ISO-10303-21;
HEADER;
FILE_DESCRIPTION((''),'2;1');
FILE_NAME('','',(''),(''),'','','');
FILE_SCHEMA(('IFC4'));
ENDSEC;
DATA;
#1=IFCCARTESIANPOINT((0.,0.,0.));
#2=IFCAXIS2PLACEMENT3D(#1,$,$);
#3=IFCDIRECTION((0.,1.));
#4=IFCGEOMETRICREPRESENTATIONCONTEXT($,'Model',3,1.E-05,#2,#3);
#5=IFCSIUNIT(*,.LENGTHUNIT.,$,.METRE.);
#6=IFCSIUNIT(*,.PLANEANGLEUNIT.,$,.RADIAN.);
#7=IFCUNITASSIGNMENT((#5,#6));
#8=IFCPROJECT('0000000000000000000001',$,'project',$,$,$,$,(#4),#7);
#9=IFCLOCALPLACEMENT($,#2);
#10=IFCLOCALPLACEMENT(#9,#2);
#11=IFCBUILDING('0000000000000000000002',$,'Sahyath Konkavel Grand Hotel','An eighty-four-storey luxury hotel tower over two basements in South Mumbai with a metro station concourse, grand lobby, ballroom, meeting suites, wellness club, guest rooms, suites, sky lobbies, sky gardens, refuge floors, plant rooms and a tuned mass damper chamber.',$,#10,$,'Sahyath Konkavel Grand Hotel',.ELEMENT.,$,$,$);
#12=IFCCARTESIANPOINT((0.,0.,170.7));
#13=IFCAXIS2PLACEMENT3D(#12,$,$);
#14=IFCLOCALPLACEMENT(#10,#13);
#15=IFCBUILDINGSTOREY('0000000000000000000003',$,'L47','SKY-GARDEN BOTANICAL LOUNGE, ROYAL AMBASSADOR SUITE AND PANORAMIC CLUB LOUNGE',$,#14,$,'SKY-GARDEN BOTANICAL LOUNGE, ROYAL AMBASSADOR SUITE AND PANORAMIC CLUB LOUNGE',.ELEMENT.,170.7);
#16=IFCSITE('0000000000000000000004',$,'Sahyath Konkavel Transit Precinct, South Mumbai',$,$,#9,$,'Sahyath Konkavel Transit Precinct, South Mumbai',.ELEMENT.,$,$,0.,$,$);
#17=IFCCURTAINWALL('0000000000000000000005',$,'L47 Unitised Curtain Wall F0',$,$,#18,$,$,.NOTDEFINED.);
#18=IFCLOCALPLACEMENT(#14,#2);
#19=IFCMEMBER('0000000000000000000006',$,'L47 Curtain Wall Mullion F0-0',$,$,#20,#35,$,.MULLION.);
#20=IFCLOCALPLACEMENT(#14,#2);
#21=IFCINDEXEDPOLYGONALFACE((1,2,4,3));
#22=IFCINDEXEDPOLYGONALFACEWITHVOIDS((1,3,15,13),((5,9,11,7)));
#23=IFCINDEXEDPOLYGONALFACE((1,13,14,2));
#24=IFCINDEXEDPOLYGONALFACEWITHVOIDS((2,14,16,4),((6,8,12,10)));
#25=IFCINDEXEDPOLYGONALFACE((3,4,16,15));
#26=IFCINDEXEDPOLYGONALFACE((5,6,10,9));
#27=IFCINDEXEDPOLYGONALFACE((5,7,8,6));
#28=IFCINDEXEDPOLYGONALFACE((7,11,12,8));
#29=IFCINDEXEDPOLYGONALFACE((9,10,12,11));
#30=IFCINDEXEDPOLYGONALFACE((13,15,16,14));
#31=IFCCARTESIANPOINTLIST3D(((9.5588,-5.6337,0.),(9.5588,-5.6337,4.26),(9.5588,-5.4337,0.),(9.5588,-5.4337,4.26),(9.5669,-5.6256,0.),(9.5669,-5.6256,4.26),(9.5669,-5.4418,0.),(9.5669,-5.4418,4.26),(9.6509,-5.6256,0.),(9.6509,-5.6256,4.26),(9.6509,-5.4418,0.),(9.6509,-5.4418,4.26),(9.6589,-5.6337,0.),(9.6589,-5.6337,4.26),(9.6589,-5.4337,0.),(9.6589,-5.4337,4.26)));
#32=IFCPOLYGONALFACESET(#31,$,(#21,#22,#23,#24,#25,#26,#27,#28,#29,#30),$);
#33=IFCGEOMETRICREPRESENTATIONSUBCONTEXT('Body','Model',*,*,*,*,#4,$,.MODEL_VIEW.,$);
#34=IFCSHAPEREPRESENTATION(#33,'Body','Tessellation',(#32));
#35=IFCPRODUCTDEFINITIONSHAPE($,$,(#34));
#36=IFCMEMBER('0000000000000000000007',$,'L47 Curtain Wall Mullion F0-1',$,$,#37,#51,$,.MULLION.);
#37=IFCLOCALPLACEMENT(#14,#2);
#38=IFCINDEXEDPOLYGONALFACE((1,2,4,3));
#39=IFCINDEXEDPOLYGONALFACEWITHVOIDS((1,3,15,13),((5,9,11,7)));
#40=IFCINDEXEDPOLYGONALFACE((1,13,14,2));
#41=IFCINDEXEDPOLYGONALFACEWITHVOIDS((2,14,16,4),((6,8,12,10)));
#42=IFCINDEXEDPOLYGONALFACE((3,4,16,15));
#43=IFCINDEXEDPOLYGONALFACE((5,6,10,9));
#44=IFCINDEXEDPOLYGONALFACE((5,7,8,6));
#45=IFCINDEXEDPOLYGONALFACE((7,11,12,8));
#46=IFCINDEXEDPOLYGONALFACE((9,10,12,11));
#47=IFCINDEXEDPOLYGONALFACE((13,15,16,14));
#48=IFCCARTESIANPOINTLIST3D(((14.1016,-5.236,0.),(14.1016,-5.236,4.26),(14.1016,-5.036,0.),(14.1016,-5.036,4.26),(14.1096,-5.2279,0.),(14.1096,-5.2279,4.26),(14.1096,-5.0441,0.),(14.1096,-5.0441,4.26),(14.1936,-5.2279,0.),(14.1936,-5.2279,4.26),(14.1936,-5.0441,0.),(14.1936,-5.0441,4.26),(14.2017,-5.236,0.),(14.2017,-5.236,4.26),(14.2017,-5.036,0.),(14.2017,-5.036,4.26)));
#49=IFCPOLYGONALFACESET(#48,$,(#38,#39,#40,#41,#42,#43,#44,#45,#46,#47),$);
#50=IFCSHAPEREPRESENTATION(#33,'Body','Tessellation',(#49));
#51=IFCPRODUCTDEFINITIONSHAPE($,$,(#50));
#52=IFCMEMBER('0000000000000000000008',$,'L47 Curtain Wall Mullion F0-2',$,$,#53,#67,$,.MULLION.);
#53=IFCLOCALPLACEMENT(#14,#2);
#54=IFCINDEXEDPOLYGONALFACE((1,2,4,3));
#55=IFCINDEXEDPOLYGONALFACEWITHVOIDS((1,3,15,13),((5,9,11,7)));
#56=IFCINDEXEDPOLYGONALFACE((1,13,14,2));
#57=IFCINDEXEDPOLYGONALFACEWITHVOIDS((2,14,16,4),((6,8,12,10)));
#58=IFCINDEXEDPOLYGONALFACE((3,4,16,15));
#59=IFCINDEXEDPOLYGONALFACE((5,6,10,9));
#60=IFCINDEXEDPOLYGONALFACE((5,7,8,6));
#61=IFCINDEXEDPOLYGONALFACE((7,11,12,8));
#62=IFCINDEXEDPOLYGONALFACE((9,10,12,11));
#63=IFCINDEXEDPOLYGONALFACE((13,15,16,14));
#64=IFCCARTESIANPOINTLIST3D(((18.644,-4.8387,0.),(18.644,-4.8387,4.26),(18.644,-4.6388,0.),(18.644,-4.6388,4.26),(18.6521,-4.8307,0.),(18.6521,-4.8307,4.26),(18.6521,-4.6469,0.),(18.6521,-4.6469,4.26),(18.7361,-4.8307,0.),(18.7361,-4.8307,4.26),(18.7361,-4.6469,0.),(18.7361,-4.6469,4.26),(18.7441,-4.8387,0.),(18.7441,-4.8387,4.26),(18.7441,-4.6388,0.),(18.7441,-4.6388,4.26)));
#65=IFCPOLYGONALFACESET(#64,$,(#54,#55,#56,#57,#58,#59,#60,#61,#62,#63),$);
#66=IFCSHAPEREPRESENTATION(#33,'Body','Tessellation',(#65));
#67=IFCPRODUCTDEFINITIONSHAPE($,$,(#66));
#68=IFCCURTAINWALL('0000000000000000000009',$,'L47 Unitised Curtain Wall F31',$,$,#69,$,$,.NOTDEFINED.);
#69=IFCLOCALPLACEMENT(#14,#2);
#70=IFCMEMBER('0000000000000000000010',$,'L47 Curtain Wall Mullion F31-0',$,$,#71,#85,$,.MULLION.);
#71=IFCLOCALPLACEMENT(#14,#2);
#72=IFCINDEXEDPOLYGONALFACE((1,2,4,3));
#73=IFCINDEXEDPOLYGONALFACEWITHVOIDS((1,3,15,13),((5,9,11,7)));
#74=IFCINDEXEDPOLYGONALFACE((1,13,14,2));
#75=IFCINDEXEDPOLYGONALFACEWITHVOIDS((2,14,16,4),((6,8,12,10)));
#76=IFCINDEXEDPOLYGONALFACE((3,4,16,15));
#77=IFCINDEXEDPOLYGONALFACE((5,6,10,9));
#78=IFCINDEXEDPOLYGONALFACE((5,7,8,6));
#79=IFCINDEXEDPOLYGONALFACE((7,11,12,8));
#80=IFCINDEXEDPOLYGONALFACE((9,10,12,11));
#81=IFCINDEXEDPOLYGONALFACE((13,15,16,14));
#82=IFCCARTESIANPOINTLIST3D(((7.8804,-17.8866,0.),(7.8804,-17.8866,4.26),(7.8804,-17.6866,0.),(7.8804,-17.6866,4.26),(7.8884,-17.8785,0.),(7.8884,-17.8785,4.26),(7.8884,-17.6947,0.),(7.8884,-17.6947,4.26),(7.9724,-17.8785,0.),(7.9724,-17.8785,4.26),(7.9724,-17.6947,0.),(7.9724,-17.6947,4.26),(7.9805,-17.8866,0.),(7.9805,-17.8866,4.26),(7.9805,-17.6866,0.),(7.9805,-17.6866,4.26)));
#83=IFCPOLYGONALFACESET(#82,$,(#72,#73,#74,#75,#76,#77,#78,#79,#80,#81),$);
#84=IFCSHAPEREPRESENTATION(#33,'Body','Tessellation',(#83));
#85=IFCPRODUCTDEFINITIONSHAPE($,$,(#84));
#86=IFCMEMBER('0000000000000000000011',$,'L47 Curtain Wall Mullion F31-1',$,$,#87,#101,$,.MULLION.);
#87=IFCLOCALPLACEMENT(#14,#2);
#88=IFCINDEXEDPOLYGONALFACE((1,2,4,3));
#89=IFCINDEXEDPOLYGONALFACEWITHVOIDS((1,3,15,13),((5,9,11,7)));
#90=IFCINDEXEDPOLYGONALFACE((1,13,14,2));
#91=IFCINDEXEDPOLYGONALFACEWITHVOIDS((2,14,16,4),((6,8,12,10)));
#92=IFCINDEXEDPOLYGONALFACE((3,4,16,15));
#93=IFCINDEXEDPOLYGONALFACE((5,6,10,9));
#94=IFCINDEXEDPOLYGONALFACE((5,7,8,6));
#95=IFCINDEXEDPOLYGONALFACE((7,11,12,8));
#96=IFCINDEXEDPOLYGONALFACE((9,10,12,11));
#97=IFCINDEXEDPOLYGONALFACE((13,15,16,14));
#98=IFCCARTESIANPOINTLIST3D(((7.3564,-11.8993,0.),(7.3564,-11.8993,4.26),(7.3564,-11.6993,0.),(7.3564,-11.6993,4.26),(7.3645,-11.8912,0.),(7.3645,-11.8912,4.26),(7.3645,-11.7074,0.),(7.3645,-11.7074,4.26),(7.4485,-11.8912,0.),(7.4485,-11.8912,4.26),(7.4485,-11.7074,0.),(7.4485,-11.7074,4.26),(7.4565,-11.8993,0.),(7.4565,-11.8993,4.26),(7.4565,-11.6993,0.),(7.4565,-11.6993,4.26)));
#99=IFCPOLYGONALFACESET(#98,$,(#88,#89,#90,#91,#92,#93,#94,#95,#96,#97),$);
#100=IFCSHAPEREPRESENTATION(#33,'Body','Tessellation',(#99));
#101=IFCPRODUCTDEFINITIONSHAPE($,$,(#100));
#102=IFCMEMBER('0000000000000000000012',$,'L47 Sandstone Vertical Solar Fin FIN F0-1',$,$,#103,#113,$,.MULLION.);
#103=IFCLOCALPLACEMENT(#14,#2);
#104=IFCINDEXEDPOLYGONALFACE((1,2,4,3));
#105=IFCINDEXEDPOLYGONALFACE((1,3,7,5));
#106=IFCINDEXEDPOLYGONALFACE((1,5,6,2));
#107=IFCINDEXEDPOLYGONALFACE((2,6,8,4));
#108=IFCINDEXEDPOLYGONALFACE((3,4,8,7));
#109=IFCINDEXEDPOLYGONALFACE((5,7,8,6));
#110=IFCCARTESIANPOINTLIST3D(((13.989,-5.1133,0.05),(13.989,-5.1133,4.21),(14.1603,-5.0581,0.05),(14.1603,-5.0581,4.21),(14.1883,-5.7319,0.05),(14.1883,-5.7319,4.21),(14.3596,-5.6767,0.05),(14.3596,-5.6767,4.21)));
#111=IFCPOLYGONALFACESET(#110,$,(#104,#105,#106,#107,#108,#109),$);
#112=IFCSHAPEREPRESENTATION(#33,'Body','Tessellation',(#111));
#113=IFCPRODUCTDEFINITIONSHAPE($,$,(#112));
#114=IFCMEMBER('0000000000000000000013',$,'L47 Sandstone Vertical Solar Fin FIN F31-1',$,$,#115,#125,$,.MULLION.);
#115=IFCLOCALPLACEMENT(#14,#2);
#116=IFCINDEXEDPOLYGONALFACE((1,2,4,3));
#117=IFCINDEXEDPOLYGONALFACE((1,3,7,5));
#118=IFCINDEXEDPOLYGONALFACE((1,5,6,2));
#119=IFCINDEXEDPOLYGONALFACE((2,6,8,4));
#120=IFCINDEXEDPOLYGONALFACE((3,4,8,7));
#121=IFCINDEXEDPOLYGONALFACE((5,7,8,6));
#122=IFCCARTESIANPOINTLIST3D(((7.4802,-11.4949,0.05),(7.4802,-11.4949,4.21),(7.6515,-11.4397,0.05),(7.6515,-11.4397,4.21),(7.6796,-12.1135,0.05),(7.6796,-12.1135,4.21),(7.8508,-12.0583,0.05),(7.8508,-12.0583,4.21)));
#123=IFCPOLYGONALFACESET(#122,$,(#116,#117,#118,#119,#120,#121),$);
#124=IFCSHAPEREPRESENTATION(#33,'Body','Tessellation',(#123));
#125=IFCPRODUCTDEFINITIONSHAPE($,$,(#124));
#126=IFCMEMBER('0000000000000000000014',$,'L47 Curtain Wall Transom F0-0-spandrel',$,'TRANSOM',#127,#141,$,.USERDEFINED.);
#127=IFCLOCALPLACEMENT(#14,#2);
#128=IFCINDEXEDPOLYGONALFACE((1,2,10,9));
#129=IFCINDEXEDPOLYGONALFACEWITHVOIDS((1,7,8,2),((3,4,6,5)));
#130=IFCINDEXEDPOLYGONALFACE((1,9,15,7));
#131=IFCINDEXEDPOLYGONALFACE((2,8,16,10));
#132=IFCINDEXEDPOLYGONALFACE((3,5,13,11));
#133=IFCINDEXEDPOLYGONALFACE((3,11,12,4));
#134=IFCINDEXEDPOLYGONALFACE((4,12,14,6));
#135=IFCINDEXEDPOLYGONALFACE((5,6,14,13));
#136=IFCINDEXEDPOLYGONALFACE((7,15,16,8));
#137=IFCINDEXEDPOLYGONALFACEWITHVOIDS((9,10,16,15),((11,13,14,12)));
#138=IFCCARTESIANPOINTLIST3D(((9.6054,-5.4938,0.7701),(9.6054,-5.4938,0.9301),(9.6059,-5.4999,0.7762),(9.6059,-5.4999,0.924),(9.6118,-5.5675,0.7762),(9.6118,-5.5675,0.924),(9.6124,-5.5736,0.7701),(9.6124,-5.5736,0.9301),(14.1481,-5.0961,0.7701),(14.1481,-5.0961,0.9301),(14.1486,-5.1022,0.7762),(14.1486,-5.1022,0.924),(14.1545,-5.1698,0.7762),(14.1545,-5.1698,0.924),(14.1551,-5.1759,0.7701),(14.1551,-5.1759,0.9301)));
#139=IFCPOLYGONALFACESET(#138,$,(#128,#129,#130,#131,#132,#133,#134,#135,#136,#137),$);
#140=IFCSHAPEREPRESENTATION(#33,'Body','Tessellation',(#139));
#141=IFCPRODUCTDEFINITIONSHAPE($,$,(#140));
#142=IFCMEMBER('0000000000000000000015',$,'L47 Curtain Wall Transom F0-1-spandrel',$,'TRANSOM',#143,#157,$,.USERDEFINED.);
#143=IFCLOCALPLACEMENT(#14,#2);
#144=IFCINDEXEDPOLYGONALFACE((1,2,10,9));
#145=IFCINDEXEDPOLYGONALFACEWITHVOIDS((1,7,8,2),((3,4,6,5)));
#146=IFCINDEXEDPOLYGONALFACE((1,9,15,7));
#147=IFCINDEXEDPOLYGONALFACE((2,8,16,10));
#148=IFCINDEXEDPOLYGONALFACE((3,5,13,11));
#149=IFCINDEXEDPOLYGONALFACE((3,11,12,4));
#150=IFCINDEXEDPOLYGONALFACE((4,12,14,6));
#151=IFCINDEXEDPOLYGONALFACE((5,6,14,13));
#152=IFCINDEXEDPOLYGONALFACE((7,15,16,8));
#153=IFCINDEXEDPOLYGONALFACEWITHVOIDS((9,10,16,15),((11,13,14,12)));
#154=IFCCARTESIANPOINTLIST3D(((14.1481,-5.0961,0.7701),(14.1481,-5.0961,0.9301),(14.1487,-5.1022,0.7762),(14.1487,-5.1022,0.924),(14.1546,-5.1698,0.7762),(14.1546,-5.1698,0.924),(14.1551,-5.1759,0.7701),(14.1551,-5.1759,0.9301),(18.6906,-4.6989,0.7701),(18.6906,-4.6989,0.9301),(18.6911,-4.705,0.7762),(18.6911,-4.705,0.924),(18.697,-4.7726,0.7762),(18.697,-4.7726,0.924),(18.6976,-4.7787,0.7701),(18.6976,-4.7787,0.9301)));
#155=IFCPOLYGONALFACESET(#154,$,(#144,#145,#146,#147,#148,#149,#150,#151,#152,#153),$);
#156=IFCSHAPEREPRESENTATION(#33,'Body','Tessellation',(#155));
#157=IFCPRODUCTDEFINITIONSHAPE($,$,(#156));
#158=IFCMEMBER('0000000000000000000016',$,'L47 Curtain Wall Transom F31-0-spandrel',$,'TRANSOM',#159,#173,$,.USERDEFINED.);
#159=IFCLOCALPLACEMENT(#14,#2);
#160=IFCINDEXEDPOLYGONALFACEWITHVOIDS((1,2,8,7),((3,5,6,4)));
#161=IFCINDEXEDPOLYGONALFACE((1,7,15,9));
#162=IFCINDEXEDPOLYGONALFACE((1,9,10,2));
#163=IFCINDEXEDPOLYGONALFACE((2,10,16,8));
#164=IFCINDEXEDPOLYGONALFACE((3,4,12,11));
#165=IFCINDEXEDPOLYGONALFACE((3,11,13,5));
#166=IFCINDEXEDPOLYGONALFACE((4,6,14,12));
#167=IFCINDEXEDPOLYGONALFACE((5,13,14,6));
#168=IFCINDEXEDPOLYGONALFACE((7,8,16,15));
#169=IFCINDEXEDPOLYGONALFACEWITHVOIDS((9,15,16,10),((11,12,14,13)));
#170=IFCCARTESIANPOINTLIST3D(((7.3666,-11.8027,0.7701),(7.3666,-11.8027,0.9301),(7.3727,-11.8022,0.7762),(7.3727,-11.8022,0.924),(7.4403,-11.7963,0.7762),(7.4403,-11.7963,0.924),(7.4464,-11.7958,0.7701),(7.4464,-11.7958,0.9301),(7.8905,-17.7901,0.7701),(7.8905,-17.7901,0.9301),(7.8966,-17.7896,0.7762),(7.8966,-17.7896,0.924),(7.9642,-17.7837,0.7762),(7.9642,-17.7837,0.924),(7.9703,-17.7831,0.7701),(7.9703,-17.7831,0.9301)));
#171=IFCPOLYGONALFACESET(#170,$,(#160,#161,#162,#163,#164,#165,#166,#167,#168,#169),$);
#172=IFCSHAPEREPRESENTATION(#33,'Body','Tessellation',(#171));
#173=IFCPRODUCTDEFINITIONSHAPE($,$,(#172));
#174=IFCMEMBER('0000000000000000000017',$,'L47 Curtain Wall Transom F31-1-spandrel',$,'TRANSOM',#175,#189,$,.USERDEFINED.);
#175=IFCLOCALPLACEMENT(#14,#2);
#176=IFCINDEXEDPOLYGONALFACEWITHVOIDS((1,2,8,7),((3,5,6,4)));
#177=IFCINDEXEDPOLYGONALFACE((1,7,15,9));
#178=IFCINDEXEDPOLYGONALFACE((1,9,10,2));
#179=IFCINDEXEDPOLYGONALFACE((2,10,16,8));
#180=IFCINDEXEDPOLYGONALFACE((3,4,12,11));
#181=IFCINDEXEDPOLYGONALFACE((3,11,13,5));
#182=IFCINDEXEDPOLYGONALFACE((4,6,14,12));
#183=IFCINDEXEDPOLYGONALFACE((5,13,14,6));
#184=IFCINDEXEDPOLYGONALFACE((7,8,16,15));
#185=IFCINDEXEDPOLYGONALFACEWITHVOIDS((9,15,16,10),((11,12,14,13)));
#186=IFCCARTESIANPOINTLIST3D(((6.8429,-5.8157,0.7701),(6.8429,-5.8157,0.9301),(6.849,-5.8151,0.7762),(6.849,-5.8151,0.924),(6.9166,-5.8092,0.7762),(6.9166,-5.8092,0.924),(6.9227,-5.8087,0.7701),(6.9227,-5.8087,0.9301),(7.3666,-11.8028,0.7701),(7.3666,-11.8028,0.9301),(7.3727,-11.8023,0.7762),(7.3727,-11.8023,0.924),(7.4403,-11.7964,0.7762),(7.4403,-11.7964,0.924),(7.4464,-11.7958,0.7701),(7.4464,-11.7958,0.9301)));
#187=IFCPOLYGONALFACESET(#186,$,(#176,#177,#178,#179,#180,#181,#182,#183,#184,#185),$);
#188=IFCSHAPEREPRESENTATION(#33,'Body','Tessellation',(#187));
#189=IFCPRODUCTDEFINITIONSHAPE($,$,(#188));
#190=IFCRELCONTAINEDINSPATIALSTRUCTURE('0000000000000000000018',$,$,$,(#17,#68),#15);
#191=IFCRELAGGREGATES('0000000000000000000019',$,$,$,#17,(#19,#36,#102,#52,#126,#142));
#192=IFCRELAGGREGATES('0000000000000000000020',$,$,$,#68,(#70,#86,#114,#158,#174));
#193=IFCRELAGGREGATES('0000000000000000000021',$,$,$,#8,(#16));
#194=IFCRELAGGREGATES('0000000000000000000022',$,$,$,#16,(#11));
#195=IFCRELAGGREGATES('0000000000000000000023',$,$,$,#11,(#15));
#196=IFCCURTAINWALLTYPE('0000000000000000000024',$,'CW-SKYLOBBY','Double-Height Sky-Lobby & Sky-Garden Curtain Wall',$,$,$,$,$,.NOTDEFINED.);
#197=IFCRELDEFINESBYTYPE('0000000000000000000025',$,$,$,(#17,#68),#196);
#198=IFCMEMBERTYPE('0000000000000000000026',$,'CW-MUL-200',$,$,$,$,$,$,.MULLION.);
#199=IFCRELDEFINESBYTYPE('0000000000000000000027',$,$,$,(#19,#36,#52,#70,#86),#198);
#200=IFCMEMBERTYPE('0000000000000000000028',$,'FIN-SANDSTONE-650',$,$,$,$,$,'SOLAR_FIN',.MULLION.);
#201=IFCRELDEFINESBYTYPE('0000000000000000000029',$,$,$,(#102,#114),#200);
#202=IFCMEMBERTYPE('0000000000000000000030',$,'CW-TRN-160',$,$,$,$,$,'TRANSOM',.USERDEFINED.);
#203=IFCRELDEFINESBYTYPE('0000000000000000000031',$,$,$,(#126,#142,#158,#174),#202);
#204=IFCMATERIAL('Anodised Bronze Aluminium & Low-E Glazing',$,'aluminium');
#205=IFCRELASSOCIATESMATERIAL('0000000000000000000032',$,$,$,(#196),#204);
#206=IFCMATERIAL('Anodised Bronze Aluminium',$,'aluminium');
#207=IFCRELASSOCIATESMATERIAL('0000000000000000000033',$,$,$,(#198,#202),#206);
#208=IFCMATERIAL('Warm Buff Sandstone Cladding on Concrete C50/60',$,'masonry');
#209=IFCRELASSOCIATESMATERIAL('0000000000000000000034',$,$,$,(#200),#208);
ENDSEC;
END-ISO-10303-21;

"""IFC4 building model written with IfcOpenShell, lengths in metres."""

from ifc_helpers import new_model, si_unit, direction, frame, origin, origin_2d, place, context, subcontext, project, spatial, rectangle, hollow_rectangle, extrude, source, transform, mapped, material, material_profile, profile_set, type_object, element, aggregate, save


model = new_model("IFC4")

# Units and contexts
model_context = context("Model", 3, precision=1e-05, world=origin(), true_north=direction((0.0, 1.0)))
body_context = subcontext(model_context, "Body", "Model", "MODEL_VIEW")
ifc_project = project(units=[si_unit("LENGTHUNIT", "METRE"), si_unit("PLANEANGLEUNIT", "RADIAN")], contexts=[model_context])

# Site, building, storey
site_placement = place(None, origin())
site = spatial("IfcSite", under=ifc_project, at=site_placement, Name="Sahyath Konkavel Transit Precinct, South Mumbai", LongName="Sahyath Konkavel Transit Precinct, South Mumbai", CompositionType="ELEMENT", RefElevation=0.0)
building_placement = place(site_placement, origin())
building = spatial("IfcBuilding", under=site, at=building_placement, Name="Sahyath Konkavel Grand Hotel", Description="An eighty-four-storey luxury hotel tower over two basements in South Mumbai with a metro station concourse, grand lobby, ballroom, meeting suites, wellness club, guest rooms, suites, sky lobbies, sky gardens, refuge floors, plant rooms and a tuned mass damper chamber.", LongName="Sahyath Konkavel Grand Hotel", CompositionType="ELEMENT")
storey_placement = place(building_placement, frame((0.0, 0.0, 170.7)))
storey = spatial("IfcBuildingStorey", under=building, at=storey_placement, Name="L47", Description="SKY-GARDEN BOTANICAL LOUNGE, ROYAL AMBASSADOR SUITE AND PANORAMIC CLUB LOUNGE", LongName="SKY-GARDEN BOTANICAL LOUNGE, ROYAL AMBASSADOR SUITE AND PANORAMIC CLUB LOUNGE", CompositionType="ELEMENT", Elevation=170.7)

# Curtain walls, members
ifc_material_1 = material(Name="Anodised Bronze Aluminium & Low-E Glazing", Category="aluminium")
curtain_wall_type = type_object("IfcCurtainWallType", Name="CW-SKYLOBBY", Description="Double-Height Sky-Lobby & Sky-Garden Curtain Wall", PredefinedType="NOTDEFINED", material=ifc_material_1)
curtain_wall_1_placement = place(storey_placement, origin())
curtain_wall_1 = element("IfcCurtainWall", 1, at=curtain_wall_1_placement, inside=storey, type_object=curtain_wall_type, Name="L47 Unitised Curtain Wall F0", PredefinedType="NOTDEFINED")
ifc_material_2 = material(Name="Anodised Bronze Aluminium", Category="aluminium")
ifc_material_profile_1 = material_profile(ifc_material_2, hollow_rectangle(XDim=0.1001, YDim=0.2, WallThickness=0.0081, at=origin_2d()), Name="RHS 200x100x8")
ifc_profile_set_1 = profile_set([ifc_material_profile_1], Name="Anodised Bronze Aluminium")
member_type_1 = type_object("IfcMemberType", Name="CW-MUL-200", PredefinedType="MULLION", material=ifc_profile_set_1)
shared_shape_1 = source(origin(), body_context, "Body", "SweptSolid", [
    extrude(hollow_rectangle(XDim=0.1001, YDim=0.2, WallThickness=0.0081, at=origin_2d()), origin(), (0.0, 0.0, 1.0), 4.26),
])
member_1_placement = place(storey_placement, frame((9.6089, -5.5337, 0.0), z_axis=(0.0, 0.0, 1.0), x_axis=(1.0, 0.0, 0.0)))
member_1 = element("IfcMember", 2, at=member_1_placement, type_object=member_type_1, Name="L47 Curtain Wall Mullion F0-0", PredefinedType="MULLION", context=body_context, shape_type="MappedRepresentation", body=[
    mapped(shared_shape_1, transform((0.0, 0.0, 0.0), scale=1.0)),
])
member_2_placement = place(storey_placement, frame((14.1516, -5.136, 0.0), z_axis=(0.0, 0.0, 1.0), x_axis=(1.0, 0.0, 0.0)))
member_2 = element("IfcMember", 3, at=member_2_placement, type_object=member_type_1, Name="L47 Curtain Wall Mullion F0-1", PredefinedType="MULLION", context=body_context, shape_type="MappedRepresentation", body=[
    mapped(shared_shape_1, transform((0.0, 0.0, 0.0), scale=1.0)),
])
member_3_placement = place(storey_placement, frame((18.6941, -4.7388, 0.0), z_axis=(0.0, 0.0, 1.0), x_axis=(1.0, 0.0, 0.0)))
member_3 = element("IfcMember", 4, at=member_3_placement, type_object=member_type_1, Name="L47 Curtain Wall Mullion F0-2", PredefinedType="MULLION", context=body_context, shape_type="MappedRepresentation", body=[
    mapped(shared_shape_1, transform((0.0, 0.0, 0.0), scale=1.0)),
])
curtain_wall_2_placement = place(storey_placement, origin())
curtain_wall_2 = element("IfcCurtainWall", 5, at=curtain_wall_2_placement, inside=storey, type_object=curtain_wall_type, Name="L47 Unitised Curtain Wall F31", PredefinedType="NOTDEFINED")
member_4_placement = place(storey_placement, frame((7.9304, -17.7866, 0.0), z_axis=(0.0, 0.0, 1.0), x_axis=(1.0, 0.0, 0.0)))
member_4 = element("IfcMember", 6, at=member_4_placement, type_object=member_type_1, Name="L47 Curtain Wall Mullion F31-0", PredefinedType="MULLION", context=body_context, shape_type="MappedRepresentation", body=[
    mapped(shared_shape_1, transform((0.0, 0.0, 0.0), scale=1.0)),
])
member_5_placement = place(storey_placement, frame((7.4065, -11.7993, 0.0), z_axis=(0.0, 0.0, 1.0), x_axis=(1.0, 0.0, 0.0)))
member_5 = element("IfcMember", 7, at=member_5_placement, type_object=member_type_1, Name="L47 Curtain Wall Mullion F31-1", PredefinedType="MULLION", context=body_context, shape_type="MappedRepresentation", body=[
    mapped(shared_shape_1, transform((0.0, 0.0, 0.0), scale=1.0)),
])

# Members
ifc_material_3 = material(Name="Warm Buff Sandstone Cladding on Concrete C50/60", Category="masonry")
ifc_material_profile_2 = material_profile(ifc_material_3, rectangle(XDim=0.1799, YDim=0.6499, at=origin_2d()), Name="FIN 180x650")
ifc_profile_set_2 = profile_set([ifc_material_profile_2], Name="Warm Buff Sandstone Cladding on Concrete C50/60")
member_type_2 = type_object("IfcMemberType", Name="FIN-SANDSTONE-650", ElementType="SOLAR_FIN", PredefinedType="MULLION", material=ifc_profile_set_2)
shared_shape_2 = source(origin(), body_context, "Body", "SweptSolid", [
    extrude(rectangle(XDim=0.1799, YDim=0.6499, at=origin_2d()), origin(), (0.0, 0.0, 1.0), 4.1599),
])
member_6_placement = place(storey_placement, frame((14.1743, -5.395, 0.05), z_axis=(0.0, 0.0, 1.0), x_axis=(0.951809, 0.306692, 0.0)))
member_6 = element("IfcMember", 8, at=member_6_placement, type_object=member_type_2, Name="L47 Sandstone Vertical Solar Fin FIN F0-1", PredefinedType="MULLION", context=body_context, shape_type="MappedRepresentation", body=[
    mapped(shared_shape_2, transform((0.0, 0.0, 0.0), scale=1.0)),
])
member_7_placement = place(storey_placement, frame((7.6655, -11.7766, 0.05), z_axis=(0.0, 0.0, 1.0), x_axis=(0.951809, 0.306692, 0.0)))
member_7 = element("IfcMember", 9, at=member_7_placement, type_object=member_type_2, Name="L47 Sandstone Vertical Solar Fin FIN F31-1", PredefinedType="MULLION", context=body_context, shape_type="MappedRepresentation", body=[
    mapped(shared_shape_2, transform((0.0, 0.0, 0.0), scale=1.0)),
])
ifc_material_profile_3 = material_profile(ifc_material_2, hollow_rectangle(XDim=0.0801, YDim=0.1599, WallThickness=0.0061, at=origin_2d()), Name="RHS 160x80x6")
ifc_profile_set_3 = profile_set([ifc_material_profile_3], Name="Anodised Bronze Aluminium")
member_type_3 = type_object("IfcMemberType", Name="CW-TRN-160", ElementType="TRANSOM", PredefinedType="USERDEFINED", material=ifc_profile_set_3)
shared_shape_3 = source(origin(), body_context, "Body", "SweptSolid", [
    extrude(hollow_rectangle(XDim=0.0801, YDim=0.1599, WallThickness=0.0061, at=origin_2d()), origin(), (0.0, 0.0, 1.0), 4.5601),
])
member_8_placement = place(storey_placement, frame((9.6089, -5.5337, 0.8501), z_axis=(0.99619, 0.087214, 0.0), x_axis=(-0.087214, 0.99619, 0.0)))
member_8 = element("IfcMember", 10, at=member_8_placement, type_object=member_type_3, Name="L47 Curtain Wall Transom F0-0-spandrel", ObjectType="TRANSOM", PredefinedType="USERDEFINED", context=body_context, shape_type="MappedRepresentation", body=[
    mapped(shared_shape_3, transform((0.0, 0.0, 0.0), scale=1.0)),
])
shared_shape_4 = source(origin(), body_context, "Body", "SweptSolid", [
    extrude(hollow_rectangle(XDim=0.0801, YDim=0.1599, WallThickness=0.0061, at=origin_2d()), origin(), (0.0, 0.0, 1.0), 4.5598),
])
member_9_placement = place(storey_placement, frame((14.1516, -5.136, 0.8501), z_axis=(0.996198, 0.087112, 0.0), x_axis=(-0.087112, 0.996198, 0.0)))
member_9 = element("IfcMember", 11, at=member_9_placement, type_object=member_type_3, Name="L47 Curtain Wall Transom F0-1-spandrel", ObjectType="TRANSOM", PredefinedType="USERDEFINED", context=body_context, shape_type="MappedRepresentation", body=[
    mapped(shared_shape_4, transform((0.0, 0.0, 0.0), scale=1.0)),
])
shared_shape_5 = source(origin(), body_context, "Body", "SweptSolid", [
    extrude(hollow_rectangle(XDim=0.0801, YDim=0.1599, WallThickness=0.0061, at=origin_2d()), origin(), (0.0, 0.0, 1.0), 6.0103),
])
member_10_placement = place(storey_placement, frame((7.9304, -17.7866, 0.8501), z_axis=(-0.087173, 0.996193, 0.0), x_axis=(-0.996193, -0.087173, 0.0)))
member_10 = element("IfcMember", 12, at=member_10_placement, type_object=member_type_3, Name="L47 Curtain Wall Transom F31-0-spandrel", ObjectType="TRANSOM", PredefinedType="USERDEFINED", context=body_context, shape_type="MappedRepresentation", body=[
    mapped(shared_shape_5, transform((0.0, 0.0, 0.0), scale=1.0)),
])
shared_shape_6 = source(origin(), body_context, "Body", "SweptSolid", [
    extrude(hollow_rectangle(XDim=0.0801, YDim=0.1599, WallThickness=0.0061, at=origin_2d()), origin(), (0.0, 0.0, 1.0), 6.01),
])
member_11_placement = place(storey_placement, frame((7.4065, -11.7993, 0.8501), z_axis=(-0.087136, 0.996196, 0.0), x_axis=(-0.996196, -0.087136, 0.0)))
member_11 = element("IfcMember", 13, at=member_11_placement, type_object=member_type_3, Name="L47 Curtain Wall Transom F31-1-spandrel", ObjectType="TRANSOM", PredefinedType="USERDEFINED", context=body_context, shape_type="MappedRepresentation", body=[
    mapped(shared_shape_6, transform((0.0, 0.0, 0.0), scale=1.0)),
])

aggregate(curtain_wall_1, [member_1, member_2, member_6, member_3, member_8, member_9])
aggregate(curtain_wall_2, [member_4, member_5, member_7, member_10, member_11])

save(model, "model.ifc")
